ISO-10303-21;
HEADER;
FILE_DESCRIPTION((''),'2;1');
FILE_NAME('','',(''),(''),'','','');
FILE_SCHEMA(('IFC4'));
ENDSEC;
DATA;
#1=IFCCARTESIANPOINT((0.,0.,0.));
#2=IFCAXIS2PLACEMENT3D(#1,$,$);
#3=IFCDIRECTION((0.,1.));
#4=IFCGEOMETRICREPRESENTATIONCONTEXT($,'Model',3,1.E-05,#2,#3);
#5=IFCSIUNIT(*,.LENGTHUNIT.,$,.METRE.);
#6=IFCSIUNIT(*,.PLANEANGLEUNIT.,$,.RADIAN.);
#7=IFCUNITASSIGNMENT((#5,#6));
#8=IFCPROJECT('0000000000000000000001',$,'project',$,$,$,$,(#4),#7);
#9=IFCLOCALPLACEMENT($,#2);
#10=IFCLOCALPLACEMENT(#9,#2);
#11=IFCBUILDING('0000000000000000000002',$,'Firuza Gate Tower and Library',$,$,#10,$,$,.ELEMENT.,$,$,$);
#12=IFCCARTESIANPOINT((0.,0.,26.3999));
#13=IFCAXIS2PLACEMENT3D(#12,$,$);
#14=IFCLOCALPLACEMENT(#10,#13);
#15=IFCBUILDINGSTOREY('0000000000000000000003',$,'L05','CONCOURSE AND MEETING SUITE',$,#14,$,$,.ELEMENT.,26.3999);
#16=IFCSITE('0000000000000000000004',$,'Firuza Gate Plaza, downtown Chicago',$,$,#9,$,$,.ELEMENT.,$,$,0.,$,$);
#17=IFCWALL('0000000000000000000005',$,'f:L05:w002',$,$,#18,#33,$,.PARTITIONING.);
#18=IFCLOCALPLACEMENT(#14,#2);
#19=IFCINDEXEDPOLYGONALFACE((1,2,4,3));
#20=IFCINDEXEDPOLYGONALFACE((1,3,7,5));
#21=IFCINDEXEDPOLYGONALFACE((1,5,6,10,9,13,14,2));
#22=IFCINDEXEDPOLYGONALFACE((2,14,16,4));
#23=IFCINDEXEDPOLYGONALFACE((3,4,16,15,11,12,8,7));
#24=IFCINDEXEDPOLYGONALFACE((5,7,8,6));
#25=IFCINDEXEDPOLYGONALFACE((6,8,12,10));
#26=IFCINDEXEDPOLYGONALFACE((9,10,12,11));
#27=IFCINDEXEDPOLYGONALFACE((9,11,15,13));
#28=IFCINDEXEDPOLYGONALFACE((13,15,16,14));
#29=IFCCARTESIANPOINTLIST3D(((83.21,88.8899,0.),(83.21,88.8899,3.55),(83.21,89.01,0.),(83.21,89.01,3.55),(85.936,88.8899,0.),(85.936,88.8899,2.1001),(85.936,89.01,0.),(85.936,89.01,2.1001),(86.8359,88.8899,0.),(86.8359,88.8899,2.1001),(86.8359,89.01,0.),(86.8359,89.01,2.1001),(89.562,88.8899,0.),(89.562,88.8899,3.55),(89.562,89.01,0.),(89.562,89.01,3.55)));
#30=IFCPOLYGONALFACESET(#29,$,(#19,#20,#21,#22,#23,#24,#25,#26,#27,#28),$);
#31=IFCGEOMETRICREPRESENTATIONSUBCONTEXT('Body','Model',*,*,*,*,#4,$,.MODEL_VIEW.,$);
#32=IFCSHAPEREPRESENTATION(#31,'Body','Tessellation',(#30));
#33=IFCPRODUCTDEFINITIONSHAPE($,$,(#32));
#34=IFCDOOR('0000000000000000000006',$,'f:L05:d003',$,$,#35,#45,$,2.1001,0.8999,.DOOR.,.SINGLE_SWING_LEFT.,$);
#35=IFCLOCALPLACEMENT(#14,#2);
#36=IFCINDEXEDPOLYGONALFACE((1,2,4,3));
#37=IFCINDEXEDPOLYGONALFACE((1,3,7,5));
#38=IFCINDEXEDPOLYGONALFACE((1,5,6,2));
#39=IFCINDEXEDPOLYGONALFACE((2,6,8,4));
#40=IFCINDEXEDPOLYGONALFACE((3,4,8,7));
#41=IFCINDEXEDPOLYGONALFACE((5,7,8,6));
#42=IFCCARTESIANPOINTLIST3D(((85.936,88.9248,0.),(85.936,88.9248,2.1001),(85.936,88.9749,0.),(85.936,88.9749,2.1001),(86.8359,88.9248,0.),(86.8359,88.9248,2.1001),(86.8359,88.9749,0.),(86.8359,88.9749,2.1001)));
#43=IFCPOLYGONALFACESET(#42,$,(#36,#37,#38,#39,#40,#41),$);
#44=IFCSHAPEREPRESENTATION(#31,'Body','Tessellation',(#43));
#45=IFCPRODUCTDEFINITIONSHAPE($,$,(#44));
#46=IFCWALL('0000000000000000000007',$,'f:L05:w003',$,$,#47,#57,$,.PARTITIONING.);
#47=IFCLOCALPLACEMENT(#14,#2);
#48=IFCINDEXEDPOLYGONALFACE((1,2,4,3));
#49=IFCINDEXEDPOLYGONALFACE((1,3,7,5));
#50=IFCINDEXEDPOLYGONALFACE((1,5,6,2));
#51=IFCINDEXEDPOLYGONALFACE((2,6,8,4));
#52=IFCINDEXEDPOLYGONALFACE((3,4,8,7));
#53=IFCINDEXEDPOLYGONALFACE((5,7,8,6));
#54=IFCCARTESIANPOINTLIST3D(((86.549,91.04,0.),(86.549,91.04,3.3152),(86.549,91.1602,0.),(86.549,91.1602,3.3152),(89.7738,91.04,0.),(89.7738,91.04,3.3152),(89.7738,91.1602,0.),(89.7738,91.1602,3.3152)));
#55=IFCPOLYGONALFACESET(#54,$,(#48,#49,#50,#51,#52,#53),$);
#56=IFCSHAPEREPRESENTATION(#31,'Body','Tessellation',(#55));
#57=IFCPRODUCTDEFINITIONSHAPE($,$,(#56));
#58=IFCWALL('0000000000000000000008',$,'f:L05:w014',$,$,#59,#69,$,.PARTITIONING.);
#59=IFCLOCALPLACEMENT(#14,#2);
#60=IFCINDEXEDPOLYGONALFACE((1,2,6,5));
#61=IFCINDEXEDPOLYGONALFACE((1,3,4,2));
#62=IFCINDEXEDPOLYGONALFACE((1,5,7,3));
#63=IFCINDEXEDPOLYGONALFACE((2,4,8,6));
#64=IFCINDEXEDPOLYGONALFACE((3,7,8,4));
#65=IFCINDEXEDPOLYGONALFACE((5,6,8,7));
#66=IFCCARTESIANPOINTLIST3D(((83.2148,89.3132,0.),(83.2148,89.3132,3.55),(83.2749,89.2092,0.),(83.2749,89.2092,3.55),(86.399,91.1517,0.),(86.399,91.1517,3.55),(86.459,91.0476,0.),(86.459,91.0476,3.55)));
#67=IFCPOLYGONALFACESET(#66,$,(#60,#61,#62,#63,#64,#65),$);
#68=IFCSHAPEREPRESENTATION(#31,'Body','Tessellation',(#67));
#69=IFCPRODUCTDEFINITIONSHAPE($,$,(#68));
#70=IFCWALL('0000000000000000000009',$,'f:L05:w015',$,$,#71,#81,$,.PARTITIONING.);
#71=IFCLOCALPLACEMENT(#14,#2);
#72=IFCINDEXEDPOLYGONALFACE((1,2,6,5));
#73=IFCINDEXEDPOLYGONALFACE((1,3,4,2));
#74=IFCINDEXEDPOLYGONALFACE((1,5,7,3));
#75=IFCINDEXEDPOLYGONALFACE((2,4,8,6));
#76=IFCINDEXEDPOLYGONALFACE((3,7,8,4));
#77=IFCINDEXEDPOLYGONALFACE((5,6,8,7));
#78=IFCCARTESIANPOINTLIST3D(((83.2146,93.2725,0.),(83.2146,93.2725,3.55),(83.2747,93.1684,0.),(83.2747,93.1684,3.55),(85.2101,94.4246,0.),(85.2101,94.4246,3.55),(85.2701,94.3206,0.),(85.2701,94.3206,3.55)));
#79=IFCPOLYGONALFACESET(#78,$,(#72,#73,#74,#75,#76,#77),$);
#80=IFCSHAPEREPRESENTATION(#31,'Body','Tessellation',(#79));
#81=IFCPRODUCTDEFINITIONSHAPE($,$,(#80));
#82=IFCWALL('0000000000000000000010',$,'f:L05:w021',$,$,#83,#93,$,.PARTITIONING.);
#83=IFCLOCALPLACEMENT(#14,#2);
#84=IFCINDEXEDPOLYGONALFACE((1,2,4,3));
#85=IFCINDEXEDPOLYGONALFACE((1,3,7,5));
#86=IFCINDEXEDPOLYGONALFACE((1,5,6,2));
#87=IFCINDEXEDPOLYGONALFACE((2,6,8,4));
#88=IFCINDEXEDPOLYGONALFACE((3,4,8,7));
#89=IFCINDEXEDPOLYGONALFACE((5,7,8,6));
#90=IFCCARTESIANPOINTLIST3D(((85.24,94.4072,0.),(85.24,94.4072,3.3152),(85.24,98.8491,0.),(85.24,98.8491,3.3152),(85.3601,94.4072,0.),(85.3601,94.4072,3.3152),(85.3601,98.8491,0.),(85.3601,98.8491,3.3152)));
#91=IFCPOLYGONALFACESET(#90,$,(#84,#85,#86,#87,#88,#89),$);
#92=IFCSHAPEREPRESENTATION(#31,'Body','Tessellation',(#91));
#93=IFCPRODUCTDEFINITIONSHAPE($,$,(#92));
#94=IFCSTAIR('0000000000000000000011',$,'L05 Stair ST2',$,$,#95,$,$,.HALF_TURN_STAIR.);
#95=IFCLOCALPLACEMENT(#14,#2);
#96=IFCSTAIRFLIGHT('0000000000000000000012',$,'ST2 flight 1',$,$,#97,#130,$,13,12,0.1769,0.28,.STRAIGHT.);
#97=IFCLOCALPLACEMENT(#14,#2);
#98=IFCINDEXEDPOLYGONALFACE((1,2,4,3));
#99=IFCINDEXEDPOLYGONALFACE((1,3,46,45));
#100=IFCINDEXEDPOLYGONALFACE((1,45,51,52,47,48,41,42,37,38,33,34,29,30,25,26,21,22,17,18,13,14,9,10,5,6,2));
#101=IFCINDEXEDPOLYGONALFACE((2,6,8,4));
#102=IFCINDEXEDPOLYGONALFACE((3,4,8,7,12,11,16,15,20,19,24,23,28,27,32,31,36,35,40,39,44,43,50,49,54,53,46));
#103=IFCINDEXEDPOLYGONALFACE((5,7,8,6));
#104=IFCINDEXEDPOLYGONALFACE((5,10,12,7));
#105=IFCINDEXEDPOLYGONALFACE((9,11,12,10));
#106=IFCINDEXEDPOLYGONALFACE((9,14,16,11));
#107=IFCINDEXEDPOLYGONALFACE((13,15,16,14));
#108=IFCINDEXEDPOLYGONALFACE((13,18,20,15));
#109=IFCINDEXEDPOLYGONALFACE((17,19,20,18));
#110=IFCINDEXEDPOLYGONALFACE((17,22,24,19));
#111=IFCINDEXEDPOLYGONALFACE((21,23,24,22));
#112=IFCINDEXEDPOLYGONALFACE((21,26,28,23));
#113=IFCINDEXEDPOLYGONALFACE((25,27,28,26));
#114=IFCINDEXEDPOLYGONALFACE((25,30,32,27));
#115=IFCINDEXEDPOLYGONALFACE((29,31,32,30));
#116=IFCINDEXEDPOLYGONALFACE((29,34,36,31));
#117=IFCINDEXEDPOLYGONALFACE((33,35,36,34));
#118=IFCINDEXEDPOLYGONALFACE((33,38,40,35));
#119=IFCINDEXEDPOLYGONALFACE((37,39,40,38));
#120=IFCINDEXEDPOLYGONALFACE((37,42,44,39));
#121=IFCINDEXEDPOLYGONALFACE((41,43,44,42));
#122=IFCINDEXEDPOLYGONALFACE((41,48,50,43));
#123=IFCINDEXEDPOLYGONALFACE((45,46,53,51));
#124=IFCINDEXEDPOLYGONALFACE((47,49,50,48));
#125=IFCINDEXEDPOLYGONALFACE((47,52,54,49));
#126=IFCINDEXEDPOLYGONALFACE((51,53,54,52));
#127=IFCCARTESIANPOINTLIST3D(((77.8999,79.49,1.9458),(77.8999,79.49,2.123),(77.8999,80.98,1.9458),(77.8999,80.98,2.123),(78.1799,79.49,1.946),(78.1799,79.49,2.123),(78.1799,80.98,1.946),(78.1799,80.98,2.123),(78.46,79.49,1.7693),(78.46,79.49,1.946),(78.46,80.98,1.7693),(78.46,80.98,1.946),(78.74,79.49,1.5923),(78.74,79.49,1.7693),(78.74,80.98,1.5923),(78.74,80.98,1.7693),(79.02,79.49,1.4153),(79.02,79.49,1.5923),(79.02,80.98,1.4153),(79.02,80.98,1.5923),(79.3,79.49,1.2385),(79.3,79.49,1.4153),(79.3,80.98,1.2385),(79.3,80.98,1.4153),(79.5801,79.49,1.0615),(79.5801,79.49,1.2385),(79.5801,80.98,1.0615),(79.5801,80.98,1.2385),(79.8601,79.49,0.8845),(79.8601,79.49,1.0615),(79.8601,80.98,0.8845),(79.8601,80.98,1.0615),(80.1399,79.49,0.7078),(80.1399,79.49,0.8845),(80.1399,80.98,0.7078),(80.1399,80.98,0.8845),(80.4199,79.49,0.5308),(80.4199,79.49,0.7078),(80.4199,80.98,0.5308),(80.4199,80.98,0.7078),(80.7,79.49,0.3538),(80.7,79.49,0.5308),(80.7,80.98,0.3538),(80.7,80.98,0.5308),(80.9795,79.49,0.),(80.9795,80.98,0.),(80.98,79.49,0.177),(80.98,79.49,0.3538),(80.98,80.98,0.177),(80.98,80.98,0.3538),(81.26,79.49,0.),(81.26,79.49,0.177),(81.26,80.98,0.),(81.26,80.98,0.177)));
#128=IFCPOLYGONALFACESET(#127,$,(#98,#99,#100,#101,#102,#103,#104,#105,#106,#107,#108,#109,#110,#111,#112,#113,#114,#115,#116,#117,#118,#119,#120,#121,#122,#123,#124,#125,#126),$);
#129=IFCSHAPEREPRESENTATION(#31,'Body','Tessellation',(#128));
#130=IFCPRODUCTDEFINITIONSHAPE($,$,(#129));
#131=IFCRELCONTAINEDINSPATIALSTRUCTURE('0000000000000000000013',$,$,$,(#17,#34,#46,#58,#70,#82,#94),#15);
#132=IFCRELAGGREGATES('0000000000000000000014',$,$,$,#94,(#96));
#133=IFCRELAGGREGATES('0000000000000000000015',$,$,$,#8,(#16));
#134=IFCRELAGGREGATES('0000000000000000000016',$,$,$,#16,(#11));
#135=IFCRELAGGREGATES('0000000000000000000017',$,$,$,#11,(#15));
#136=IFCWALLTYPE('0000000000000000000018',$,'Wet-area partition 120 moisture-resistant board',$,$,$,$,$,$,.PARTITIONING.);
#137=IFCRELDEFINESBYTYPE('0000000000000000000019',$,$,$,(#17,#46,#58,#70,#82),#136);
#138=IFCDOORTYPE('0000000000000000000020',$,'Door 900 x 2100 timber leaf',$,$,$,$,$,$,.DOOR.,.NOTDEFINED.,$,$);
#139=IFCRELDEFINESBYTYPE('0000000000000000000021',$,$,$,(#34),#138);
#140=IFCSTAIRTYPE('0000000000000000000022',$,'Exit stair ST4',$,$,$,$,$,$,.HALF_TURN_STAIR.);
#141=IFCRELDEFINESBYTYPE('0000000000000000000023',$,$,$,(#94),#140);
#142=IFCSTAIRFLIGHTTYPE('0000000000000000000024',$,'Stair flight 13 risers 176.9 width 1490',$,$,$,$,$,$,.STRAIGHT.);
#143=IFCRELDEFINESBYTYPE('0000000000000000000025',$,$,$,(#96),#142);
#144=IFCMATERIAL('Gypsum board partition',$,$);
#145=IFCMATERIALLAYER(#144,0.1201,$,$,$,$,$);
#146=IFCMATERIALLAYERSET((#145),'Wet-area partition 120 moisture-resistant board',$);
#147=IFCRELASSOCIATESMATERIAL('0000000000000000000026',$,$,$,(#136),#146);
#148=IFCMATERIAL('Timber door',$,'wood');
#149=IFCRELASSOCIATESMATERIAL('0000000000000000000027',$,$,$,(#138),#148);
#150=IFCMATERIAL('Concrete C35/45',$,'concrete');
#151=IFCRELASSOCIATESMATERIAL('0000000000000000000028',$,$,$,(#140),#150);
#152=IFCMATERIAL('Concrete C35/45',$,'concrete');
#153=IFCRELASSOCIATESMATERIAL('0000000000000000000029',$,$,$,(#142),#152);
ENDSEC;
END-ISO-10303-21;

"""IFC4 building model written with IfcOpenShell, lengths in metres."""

from ifc_helpers import new_model, si_unit, direction, frame, frame_2d, origin, place, context, subcontext, project, spatial, polyline, rectangle, outline, extrude, material, layer, layer_set, type_object, element, fill, aggregate, save


model = new_model("IFC4")

# Units and contexts
model_context = context("Model", 3, precision=1e-05, world=origin(), true_north=direction((0.0, 1.0)))
body_context = subcontext(model_context, "Body", "Model", "MODEL_VIEW")
ifc_project = project(units=[si_unit("LENGTHUNIT", "METRE"), si_unit("PLANEANGLEUNIT", "RADIAN")], contexts=[model_context])

# Site, building, storey
site_placement = place(None, origin())
site = spatial("IfcSite", under=ifc_project, at=site_placement, Name="Firuza Gate Plaza, downtown Chicago", CompositionType="ELEMENT", RefElevation=0.0)
building_placement = place(site_placement, origin())
building = spatial("IfcBuilding", under=site, at=building_placement, Name="Firuza Gate Tower and Library", CompositionType="ELEMENT")
storey_placement = place(building_placement, frame((0.0, 0.0, 26.3999)))
storey = spatial("IfcBuildingStorey", under=building, at=storey_placement, Name="L05", Description="CONCOURSE AND MEETING SUITE", CompositionType="ELEMENT", Elevation=26.3999)

# Shared definitions
placement = place(storey_placement, origin())

# Wall, opening, door
ifc_material_1 = material(Name="Gypsum board partition")
ifc_layer_1 = layer(ifc_material_1, 0.1201)
ifc_layer_set_1 = layer_set([ifc_layer_1], Name="Wet-area partition 120 moisture-resistant board")
wall_type_1 = type_object("IfcWallType", Name="Wet-area partition 120 moisture-resistant board", PredefinedType="PARTITIONING", material=ifc_layer_set_1)
wall_1_placement = place(storey_placement, frame((83.21, 88.95, 0.0), z_axis=(0.0, 0.0, 1.0), x_axis=(1.0, 0.0, 0.0)))
wall_1 = element("IfcWall", 1, at=wall_1_placement, inside=storey, type_object=wall_type_1, Name="f:L05:w002", PredefinedType="PARTITIONING", context=body_context, shape_type="SweptSolid", body=[
    extrude(rectangle(XDim=6.3521, YDim=0.1201, at=frame_2d((3.176, 0.0))), origin(), (0.0, 0.0, 1.0), 3.55),
])
opening_1_placement = place(wall_1_placement, frame((2.7261, 0.0, 0.0)))
opening_1 = element("IfcOpeningElement", 2, at=opening_1_placement, cuts=wall_1, PredefinedType="OPENING", context=body_context, shape_type="SweptSolid", body=[
    extrude(rectangle(XDim=0.8999, YDim=2.1001, at=frame_2d((0.45, 1.05))), frame((0.0, 0.0701, 0.0), z_axis=(0.0, -1.0, 0.0), x_axis=(1.0, 0.0, 0.0)), (0.0, 0.0, 1.0), 0.1401),
])
ifc_material_2 = material(Name="Timber door", Category="wood")
door_type_1 = type_object("IfcDoorType", Name="Door 900 x 2100 timber leaf", OperationType="NOTDEFINED", PredefinedType="DOOR", material=ifc_material_2)
door_1_placement = place(opening_1_placement, origin())
door_1 = element("IfcDoor", 3, at=door_1_placement, inside=storey, type_object=door_type_1, Name="f:L05:d003", OperationType="SINGLE_SWING_LEFT", OverallHeight=2.1001, OverallWidth=0.8999, PredefinedType="DOOR", context=body_context, shape_type="SweptSolid", body=[
    extrude(rectangle(XDim=0.8999, YDim=2.1001, at=frame_2d((0.45, 1.05))), frame((0.0, 0.0249, 0.0), z_axis=(0.0, -1.0, 0.0), x_axis=(1.0, 0.0, 0.0)), (0.0, 0.0, 1.0), 0.05),
])
fill(opening_1, door_1)

# Walls
wall_2_placement = place(storey_placement, frame((86.5491, 91.1001, 0.0), z_axis=(0.0, 0.0, 1.0), x_axis=(1.0, 0.0, 0.0)))
element("IfcWall", 4, at=wall_2_placement, inside=storey, type_object=wall_type_1, Name="f:L05:w003", PredefinedType="PARTITIONING", context=body_context, shape_type="SweptSolid", body=[
    extrude(rectangle(XDim=3.2249, YDim=0.1201, at=frame_2d((1.6123, 0.0))), origin(), (0.0, 0.0, 1.0), 3.3152),
])
wall_3_placement = place(storey_placement, frame((83.2449, 89.2612, 0.0), z_axis=(0.0, 0.0, 1.0), x_axis=(0.86602, 0.50001, 0.0)))
element("IfcWall", 5, at=wall_3_placement, inside=storey, type_object=wall_type_1, Name="f:L05:w014", PredefinedType="PARTITIONING", context=body_context, shape_type="SweptSolid", body=[
    extrude(rectangle(XDim=3.6768, YDim=0.1201, at=frame_2d((1.8384, 0.0))), origin(), (0.0, 0.0, 1.0), 3.55),
])
wall_4_placement = place(storey_placement, frame((83.2446, 93.2205, 0.0), z_axis=(0.0, 0.0, 1.0), x_axis=(0.866011, 0.500025, 0.0)))
element("IfcWall", 6, at=wall_4_placement, inside=storey, type_object=wall_type_1, Name="f:L05:w015", PredefinedType="PARTITIONING", context=body_context, shape_type="SweptSolid", body=[
    extrude(rectangle(XDim=2.3042, YDim=0.1201, at=frame_2d((1.1521, 0.0))), origin(), (0.0, 0.0, 1.0), 3.55),
])
wall_5_placement = place(storey_placement, frame((85.3, 94.4072, 0.0), z_axis=(0.0, 0.0, 1.0), x_axis=(0.0, 1.0, 0.0)))
element("IfcWall", 7, at=wall_5_placement, inside=storey, type_object=wall_type_1, Name="f:L05:w021", PredefinedType="PARTITIONING", context=body_context, shape_type="SweptSolid", body=[
    extrude(rectangle(XDim=4.4419, YDim=0.1201, at=frame_2d((2.2209, 0.0))), origin(), (0.0, 0.0, 1.0), 3.3152),
])

# Stair, stair flight
ifc_material_3 = material(Name="Concrete C35/45", Category="concrete")
stair_type = type_object("IfcStairType", Name="Exit stair ST4", PredefinedType="HALF_TURN_STAIR", material=ifc_material_3)
stair = element("IfcStair", 8, at=placement, inside=storey, type_object=stair_type, Name="L05 Stair ST2", PredefinedType="HALF_TURN_STAIR")
ifc_material_4 = material(Name="Concrete C35/45", Category="concrete")
stair_flight_type = type_object("IfcStairFlightType", Name="Stair flight 13 risers 176.9 width 1490", PredefinedType="STRAIGHT", material=ifc_material_4)
stair_flight_placement = place(storey_placement, frame((81.26, 80.2351, 0.0), z_axis=(0.0, 0.0, 1.0), x_axis=(-1.0, 0.0, 0.0)))
stair_flight = element("IfcStairFlight", 9, at=stair_flight_placement, type_object=stair_flight_type, Name="ST2 flight 1", NumberOfRisers=13, NumberOfTreads=12, PredefinedType="STRAIGHT", RiserHeight=0.1769, TreadLength=0.28, context=body_context, shape_type="SweptSolid", body=[
    extrude(outline(polyline([(0.0, 0.0), (0.0, 0.177), (0.28, 0.177), (0.28, 0.3538), (0.5601, 0.3538), (0.5601, 0.5308), (0.8401, 0.5308), (0.8401, 0.7078), (1.1201, 0.7078), (1.1201, 0.8845), (1.3999, 0.8845), (1.3999, 1.0615), (1.6799, 1.0615), (1.6799, 1.2385), (1.96, 1.2385), (1.96, 1.4153), (2.24, 1.4153), (2.24, 1.5923), (2.52, 1.5923), (2.52, 1.7693), (2.8, 1.7693), (2.8, 1.946), (3.0801, 1.946), (3.0801, 2.123), (3.3601, 2.123), (3.3601, 2.3), (3.3601, 1.9458), (0.2805, 0.0), (0.0, 0.0)])), frame((0.0, 0.7451, 0.0), z_axis=(0.0, -1.0, 0.0), x_axis=(1.0, 0.0, 0.0)), (0.0, 0.0, 1.0), 1.49),
])
aggregate(stair, [stair_flight])

save(model, "model.ifc")
